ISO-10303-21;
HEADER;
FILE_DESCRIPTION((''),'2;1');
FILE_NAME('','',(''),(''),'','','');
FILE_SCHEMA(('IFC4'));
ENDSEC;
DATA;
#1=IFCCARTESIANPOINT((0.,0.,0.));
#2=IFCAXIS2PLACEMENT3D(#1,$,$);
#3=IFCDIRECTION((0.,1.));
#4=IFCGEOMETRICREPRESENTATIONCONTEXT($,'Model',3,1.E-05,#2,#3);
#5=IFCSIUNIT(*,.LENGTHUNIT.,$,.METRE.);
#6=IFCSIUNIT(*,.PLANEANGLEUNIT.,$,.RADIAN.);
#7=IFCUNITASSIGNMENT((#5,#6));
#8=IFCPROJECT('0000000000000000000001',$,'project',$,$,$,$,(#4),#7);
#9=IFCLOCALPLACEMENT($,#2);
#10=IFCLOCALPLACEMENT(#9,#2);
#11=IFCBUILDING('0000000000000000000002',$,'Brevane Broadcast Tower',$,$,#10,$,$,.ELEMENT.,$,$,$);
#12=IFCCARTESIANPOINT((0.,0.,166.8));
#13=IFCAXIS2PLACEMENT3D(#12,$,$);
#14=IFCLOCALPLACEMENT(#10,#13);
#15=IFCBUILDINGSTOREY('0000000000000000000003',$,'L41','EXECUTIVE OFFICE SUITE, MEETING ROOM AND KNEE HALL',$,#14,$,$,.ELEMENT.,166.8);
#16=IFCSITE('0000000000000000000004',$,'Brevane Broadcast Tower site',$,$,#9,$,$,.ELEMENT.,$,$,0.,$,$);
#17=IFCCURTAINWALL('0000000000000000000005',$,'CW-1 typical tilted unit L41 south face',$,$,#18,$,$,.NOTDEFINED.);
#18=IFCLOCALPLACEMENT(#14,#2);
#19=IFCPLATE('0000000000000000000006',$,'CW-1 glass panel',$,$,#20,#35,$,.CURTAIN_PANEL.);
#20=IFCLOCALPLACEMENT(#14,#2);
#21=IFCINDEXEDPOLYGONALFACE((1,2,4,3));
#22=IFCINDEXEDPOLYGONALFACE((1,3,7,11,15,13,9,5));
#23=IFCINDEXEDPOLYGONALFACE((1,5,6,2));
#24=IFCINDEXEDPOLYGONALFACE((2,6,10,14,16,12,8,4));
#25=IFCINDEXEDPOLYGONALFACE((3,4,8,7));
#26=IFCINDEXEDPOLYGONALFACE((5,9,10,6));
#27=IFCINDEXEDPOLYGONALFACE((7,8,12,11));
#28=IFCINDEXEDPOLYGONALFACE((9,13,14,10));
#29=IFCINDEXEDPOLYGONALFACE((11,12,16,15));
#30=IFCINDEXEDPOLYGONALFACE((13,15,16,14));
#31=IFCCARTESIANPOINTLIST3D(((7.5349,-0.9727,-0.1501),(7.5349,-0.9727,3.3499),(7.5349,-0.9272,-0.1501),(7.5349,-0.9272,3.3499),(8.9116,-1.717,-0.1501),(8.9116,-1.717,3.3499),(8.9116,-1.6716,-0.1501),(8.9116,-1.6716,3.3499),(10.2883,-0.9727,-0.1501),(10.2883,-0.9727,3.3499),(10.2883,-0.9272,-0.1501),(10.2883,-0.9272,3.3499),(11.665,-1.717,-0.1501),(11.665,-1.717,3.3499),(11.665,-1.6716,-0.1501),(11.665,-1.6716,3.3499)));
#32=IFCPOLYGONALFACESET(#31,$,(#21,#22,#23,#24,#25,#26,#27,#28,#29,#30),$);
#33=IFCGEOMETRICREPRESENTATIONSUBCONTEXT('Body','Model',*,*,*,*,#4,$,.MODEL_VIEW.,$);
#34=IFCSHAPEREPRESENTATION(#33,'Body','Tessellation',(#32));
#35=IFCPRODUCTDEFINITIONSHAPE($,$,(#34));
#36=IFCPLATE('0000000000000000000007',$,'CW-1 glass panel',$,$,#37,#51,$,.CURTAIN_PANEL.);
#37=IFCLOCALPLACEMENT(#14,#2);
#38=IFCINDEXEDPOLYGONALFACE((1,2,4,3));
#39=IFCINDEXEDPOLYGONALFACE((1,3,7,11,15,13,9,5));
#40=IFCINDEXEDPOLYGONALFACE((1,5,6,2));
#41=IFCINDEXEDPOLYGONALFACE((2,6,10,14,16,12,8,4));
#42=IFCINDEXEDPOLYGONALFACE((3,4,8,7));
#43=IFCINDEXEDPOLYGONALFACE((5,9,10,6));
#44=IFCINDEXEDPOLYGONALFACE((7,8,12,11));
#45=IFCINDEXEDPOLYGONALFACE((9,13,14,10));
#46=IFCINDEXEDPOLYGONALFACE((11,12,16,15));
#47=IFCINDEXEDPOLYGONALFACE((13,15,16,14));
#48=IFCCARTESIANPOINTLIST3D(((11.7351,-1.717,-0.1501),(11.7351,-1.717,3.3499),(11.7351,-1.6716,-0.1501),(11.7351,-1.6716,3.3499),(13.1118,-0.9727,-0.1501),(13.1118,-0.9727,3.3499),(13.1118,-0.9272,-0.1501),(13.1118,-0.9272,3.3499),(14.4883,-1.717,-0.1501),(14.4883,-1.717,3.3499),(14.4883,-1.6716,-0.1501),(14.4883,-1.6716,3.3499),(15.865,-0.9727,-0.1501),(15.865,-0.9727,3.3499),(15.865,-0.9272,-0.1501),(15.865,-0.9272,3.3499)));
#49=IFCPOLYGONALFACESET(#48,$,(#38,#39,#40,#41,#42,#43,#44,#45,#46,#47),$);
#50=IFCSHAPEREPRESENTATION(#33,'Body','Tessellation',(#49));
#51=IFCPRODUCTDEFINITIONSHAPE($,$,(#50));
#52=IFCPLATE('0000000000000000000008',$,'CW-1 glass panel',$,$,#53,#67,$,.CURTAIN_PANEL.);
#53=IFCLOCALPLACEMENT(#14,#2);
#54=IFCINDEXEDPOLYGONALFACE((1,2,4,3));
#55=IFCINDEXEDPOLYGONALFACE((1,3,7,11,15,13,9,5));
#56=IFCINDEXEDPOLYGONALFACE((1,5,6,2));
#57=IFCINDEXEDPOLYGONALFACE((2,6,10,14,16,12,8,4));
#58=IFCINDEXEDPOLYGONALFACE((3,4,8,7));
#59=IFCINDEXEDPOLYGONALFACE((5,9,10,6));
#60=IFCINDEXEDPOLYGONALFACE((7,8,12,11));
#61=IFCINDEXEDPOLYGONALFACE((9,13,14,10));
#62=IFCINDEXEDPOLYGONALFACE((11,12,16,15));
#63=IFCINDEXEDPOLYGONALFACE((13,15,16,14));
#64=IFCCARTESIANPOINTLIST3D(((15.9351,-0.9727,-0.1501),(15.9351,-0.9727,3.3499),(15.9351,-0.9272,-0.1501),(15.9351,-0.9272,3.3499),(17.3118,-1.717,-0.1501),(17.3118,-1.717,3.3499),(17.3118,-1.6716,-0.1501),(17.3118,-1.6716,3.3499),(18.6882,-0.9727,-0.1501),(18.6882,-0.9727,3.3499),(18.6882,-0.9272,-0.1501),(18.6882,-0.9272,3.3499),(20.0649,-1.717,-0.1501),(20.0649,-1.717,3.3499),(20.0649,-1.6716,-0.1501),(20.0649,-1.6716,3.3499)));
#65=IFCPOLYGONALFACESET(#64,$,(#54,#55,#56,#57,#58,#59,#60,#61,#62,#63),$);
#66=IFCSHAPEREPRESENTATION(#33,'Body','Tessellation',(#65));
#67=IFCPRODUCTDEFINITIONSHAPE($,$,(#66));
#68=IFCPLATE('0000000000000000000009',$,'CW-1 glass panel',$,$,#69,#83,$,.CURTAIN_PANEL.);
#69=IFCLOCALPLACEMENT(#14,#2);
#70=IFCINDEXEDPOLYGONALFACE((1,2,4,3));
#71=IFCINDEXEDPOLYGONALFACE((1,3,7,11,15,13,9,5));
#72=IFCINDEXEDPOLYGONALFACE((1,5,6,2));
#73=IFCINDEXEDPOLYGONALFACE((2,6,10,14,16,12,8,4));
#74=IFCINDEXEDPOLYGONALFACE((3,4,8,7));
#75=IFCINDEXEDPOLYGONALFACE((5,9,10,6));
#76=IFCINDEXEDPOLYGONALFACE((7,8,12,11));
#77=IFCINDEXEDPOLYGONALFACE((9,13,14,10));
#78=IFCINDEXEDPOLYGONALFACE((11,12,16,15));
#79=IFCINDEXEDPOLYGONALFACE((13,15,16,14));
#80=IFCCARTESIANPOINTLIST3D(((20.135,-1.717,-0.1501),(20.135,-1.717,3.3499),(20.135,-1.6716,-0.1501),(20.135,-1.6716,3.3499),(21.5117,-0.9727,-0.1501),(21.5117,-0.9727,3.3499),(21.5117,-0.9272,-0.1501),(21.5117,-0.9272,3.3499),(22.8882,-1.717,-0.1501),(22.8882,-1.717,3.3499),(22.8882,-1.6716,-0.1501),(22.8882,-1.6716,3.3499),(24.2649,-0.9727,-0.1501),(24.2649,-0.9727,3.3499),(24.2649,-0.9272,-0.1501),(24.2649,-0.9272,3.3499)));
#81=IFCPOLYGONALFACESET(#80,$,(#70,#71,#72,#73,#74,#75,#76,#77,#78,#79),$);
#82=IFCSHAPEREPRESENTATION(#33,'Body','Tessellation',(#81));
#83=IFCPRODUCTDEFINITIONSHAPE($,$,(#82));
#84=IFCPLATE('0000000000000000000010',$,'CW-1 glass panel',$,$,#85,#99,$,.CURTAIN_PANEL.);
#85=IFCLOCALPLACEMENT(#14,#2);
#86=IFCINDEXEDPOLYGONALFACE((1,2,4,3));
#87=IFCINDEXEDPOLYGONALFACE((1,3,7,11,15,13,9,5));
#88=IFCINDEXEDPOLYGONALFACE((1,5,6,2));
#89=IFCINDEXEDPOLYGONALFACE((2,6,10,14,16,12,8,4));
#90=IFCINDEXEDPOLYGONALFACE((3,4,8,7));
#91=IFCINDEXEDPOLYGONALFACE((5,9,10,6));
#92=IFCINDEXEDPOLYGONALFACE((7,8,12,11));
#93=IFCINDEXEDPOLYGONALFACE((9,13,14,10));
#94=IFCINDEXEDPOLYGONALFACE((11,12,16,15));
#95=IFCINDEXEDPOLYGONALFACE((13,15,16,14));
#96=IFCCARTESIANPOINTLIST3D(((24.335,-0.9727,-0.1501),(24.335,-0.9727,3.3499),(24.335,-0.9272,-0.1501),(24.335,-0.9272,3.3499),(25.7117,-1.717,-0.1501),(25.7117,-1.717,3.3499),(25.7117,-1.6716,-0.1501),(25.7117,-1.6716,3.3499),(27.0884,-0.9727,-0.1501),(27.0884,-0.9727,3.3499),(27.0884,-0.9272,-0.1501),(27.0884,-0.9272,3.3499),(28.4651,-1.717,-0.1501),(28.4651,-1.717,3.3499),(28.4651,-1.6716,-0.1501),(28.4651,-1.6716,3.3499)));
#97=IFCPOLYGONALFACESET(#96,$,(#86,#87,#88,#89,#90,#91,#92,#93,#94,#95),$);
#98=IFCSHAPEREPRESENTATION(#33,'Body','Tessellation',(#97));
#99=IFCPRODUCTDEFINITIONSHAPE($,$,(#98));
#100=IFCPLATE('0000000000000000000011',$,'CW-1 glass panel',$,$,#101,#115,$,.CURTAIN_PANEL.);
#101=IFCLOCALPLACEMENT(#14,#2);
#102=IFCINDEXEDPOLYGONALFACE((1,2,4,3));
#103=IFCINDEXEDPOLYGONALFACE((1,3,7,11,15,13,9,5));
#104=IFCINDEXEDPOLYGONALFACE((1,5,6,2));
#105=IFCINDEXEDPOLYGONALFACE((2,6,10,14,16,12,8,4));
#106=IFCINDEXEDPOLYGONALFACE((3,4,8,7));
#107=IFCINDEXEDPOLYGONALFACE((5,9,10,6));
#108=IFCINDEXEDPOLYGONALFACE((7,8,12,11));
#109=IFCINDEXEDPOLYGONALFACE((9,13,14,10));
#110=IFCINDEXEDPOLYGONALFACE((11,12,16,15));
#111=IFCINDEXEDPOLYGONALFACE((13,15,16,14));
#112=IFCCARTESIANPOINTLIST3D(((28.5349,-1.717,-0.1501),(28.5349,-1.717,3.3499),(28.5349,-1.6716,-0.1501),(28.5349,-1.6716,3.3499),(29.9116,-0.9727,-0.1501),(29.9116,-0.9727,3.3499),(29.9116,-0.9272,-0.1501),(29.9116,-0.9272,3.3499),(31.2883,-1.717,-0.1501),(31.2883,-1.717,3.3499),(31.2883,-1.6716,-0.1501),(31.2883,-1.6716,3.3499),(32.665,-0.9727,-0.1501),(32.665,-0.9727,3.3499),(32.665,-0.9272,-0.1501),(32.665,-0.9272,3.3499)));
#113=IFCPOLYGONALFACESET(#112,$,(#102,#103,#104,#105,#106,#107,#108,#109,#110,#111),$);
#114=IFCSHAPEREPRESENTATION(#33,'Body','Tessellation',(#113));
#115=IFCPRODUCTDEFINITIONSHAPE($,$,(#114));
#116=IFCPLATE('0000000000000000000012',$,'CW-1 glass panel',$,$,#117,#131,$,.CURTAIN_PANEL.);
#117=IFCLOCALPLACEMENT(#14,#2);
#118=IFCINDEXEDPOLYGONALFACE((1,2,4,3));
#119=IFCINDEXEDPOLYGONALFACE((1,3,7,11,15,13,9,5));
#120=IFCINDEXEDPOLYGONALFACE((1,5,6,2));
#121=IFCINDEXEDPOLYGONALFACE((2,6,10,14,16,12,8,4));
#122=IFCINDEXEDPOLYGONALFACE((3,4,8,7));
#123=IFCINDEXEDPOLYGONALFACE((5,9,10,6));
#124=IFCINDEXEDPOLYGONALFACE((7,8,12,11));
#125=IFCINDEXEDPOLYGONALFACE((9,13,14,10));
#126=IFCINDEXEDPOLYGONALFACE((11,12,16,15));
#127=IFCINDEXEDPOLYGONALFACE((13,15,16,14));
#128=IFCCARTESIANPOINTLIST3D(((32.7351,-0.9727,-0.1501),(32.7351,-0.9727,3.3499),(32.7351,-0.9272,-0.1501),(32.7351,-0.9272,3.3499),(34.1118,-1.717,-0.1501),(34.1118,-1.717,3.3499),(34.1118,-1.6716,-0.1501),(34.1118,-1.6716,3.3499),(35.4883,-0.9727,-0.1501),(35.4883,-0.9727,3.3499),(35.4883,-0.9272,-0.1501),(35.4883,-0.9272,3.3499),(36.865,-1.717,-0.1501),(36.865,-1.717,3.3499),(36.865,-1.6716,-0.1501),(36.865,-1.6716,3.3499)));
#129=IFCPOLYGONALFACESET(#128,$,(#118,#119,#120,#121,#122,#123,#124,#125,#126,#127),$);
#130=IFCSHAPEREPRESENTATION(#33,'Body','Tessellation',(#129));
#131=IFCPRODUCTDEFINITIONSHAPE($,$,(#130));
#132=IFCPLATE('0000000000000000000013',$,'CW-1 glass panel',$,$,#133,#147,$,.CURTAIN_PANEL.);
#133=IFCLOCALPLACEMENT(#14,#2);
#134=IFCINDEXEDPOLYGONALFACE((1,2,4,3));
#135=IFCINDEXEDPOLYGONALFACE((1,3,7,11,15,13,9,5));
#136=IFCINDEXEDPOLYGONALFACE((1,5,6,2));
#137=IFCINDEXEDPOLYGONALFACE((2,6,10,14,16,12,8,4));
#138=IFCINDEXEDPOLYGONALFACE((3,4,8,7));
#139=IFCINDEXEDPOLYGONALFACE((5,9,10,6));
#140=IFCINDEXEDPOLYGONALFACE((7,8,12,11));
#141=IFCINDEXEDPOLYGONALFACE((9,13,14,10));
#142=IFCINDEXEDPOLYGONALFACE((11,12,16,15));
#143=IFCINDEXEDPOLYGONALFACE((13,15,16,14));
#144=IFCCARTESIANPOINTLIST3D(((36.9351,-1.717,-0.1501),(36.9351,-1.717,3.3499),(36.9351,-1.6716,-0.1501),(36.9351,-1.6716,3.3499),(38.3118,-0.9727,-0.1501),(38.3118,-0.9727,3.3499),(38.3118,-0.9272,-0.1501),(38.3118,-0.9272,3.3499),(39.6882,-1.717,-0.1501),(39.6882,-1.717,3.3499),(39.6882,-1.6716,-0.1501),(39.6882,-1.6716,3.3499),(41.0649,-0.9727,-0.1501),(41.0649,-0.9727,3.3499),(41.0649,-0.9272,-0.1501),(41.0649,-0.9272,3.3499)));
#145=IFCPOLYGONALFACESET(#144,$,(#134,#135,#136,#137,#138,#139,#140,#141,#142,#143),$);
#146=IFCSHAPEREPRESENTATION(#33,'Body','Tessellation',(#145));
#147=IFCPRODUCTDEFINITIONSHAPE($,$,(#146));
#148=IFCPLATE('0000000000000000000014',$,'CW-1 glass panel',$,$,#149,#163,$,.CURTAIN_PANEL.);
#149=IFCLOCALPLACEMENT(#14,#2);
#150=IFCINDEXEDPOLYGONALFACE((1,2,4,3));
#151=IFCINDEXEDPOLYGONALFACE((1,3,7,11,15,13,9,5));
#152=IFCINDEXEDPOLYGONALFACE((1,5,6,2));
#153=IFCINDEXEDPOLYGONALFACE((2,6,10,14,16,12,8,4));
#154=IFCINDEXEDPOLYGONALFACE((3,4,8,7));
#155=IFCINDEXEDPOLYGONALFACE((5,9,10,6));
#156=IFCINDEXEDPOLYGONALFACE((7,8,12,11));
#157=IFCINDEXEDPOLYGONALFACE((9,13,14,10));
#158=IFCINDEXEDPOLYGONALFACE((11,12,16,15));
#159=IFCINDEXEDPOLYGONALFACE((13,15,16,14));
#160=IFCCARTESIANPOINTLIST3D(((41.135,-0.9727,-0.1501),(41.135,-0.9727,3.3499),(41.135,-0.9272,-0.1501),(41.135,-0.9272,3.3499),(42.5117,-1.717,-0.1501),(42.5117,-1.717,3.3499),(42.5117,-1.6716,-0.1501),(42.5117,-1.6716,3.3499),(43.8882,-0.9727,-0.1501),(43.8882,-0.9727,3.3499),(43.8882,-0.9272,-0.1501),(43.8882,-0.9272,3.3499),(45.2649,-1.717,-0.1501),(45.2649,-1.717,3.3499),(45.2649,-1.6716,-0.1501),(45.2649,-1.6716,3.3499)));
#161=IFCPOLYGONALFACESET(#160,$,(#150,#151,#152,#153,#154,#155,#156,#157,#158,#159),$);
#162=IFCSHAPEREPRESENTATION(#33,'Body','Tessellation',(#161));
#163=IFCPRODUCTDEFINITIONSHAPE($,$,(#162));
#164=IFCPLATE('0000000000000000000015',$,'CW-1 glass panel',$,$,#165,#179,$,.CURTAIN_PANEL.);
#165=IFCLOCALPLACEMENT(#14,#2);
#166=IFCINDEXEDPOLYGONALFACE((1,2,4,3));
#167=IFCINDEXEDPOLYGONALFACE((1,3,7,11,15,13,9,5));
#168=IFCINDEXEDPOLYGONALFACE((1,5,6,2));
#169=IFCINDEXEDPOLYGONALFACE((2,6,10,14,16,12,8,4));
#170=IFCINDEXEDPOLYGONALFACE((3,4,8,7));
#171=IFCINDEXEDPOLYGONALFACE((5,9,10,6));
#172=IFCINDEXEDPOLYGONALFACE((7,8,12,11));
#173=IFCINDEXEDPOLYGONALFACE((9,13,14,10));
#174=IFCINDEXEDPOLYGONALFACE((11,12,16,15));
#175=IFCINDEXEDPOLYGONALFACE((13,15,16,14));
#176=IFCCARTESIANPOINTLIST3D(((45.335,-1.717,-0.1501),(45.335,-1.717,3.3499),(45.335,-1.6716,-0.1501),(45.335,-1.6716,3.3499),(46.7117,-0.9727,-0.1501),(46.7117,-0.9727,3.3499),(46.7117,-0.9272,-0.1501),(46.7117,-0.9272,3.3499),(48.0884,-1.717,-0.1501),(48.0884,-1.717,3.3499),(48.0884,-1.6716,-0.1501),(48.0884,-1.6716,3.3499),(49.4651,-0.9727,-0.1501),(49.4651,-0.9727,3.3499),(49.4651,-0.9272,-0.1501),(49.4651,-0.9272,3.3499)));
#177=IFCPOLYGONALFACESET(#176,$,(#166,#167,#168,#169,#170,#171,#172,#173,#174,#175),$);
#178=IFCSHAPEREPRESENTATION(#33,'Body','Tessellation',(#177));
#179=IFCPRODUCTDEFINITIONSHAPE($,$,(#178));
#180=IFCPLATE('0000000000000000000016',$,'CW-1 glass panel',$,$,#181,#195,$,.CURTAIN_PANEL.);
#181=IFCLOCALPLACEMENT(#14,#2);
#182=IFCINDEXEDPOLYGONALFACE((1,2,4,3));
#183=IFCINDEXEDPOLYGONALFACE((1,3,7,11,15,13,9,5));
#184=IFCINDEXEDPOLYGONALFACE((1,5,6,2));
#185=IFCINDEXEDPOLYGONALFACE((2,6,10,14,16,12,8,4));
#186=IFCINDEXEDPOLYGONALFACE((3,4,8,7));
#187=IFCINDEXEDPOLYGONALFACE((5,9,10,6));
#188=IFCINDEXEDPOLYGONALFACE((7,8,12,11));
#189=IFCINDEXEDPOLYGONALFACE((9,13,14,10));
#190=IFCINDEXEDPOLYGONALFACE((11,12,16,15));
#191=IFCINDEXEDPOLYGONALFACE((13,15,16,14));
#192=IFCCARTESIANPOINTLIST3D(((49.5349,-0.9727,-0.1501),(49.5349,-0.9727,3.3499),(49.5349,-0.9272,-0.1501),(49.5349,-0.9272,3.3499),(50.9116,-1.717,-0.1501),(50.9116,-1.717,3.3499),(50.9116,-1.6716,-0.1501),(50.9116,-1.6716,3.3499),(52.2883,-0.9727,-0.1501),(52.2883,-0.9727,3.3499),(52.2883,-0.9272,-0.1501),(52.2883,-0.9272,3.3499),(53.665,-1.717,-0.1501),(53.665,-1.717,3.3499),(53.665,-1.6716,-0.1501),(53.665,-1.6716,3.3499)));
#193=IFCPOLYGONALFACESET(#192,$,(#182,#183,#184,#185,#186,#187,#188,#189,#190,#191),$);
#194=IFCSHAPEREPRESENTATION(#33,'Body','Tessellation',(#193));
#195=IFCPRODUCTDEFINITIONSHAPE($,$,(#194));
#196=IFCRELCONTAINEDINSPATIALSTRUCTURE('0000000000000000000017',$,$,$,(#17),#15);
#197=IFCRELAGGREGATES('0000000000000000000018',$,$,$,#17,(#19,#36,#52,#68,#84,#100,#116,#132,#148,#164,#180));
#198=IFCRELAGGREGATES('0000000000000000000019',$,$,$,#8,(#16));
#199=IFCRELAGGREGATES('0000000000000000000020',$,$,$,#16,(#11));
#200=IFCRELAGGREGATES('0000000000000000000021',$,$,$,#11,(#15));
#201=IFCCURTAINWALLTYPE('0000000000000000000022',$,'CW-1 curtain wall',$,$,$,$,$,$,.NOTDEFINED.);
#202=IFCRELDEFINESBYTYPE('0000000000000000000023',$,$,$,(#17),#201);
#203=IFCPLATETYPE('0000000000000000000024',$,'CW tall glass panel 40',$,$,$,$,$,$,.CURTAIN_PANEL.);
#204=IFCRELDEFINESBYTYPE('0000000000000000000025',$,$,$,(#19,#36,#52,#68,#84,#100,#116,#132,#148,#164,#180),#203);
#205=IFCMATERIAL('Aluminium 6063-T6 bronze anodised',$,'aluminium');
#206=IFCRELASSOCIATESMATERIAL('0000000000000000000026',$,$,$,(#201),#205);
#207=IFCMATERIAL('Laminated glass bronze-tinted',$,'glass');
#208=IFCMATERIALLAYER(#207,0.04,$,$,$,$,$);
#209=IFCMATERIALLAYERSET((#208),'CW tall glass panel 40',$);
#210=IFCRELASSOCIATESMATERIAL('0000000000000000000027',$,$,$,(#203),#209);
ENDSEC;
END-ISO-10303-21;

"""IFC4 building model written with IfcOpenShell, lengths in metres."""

from ifc_helpers import new_model, si_unit, direction, frame, origin, place, context, subcontext, project, spatial, polyline, outline, extrude, material, layer, layer_set, type_object, element, aggregate, save


model = new_model("IFC4")

# Units and contexts
model_context = context("Model", 3, precision=1e-05, world=origin(), true_north=direction((0.0, 1.0)))
body_context = subcontext(model_context, "Body", "Model", "MODEL_VIEW")
ifc_project = project(units=[si_unit("LENGTHUNIT", "METRE"), si_unit("PLANEANGLEUNIT", "RADIAN")], contexts=[model_context])

# Site, building, storey
site_placement = place(None, origin())
site = spatial("IfcSite", under=ifc_project, at=site_placement, Name="Brevane Broadcast Tower site", CompositionType="ELEMENT", RefElevation=0.0)
building_placement = place(site_placement, origin())
building = spatial("IfcBuilding", under=site, at=building_placement, Name="Brevane Broadcast Tower", CompositionType="ELEMENT")
storey_placement = place(building_placement, frame((0.0, 0.0, 166.8)))
storey = spatial("IfcBuildingStorey", under=building, at=storey_placement, Name="L41", Description="EXECUTIVE OFFICE SUITE, MEETING ROOM AND KNEE HALL", CompositionType="ELEMENT", Elevation=166.8)

# Curtain wall, plates
ifc_material_1 = material(Name="Aluminium 6063-T6 bronze anodised", Category="aluminium")
curtain_wall_type = type_object("IfcCurtainWallType", Name="CW-1 curtain wall", PredefinedType="NOTDEFINED", material=ifc_material_1)
curtain_wall_1_placement = place(storey_placement, origin())
curtain_wall_1 = element("IfcCurtainWall", 1, at=curtain_wall_1_placement, inside=storey, type_object=curtain_wall_type, Name="CW-1 typical tilted unit L41 south face", PredefinedType="NOTDEFINED")
ifc_material_2 = material(Name="Laminated glass bronze-tinted", Category="glass")
ifc_layer = layer(ifc_material_2, 0.04)
ifc_layer_set = layer_set([ifc_layer], Name="CW tall glass panel 40")
plate_type = type_object("IfcPlateType", Name="CW tall glass panel 40", PredefinedType="CURTAIN_PANEL", material=ifc_layer_set)
plate_1_placement = place(storey_placement, frame((0.0, 0.0, -0.1501)))
plate_1 = element("IfcPlate", 2, at=plate_1_placement, type_object=plate_type, Name="CW-1 glass panel", PredefinedType="CURTAIN_PANEL", context=body_context, shape_type="SweptSolid", body=[
    extrude(outline(polyline([(7.5349, -0.9272), (7.5349, -0.9727), (8.9116, -1.717), (10.2883, -0.9727), (11.665, -1.717), (11.665, -1.6716), (10.2883, -0.9272), (8.9116, -1.6716), (7.5349, -0.9272)])), origin(), (0.0, 0.0, 1.0), 3.5),
])
plate_2_placement = place(storey_placement, frame((0.0, 0.0, -0.1501)))
plate_2 = element("IfcPlate", 3, at=plate_2_placement, type_object=plate_type, Name="CW-1 glass panel", PredefinedType="CURTAIN_PANEL", context=body_context, shape_type="SweptSolid", body=[
    extrude(outline(polyline([(11.7351, -1.6716), (11.7351, -1.717), (13.1118, -0.9727), (14.4883, -1.717), (15.865, -0.9727), (15.865, -0.9272), (14.4883, -1.6716), (13.1118, -0.9272), (11.7351, -1.6716)])), origin(), (0.0, 0.0, 1.0), 3.5),
])
plate_3_placement = place(storey_placement, frame((0.0, 0.0, -0.1501)))
plate_3 = element("IfcPlate", 4, at=plate_3_placement, type_object=plate_type, Name="CW-1 glass panel", PredefinedType="CURTAIN_PANEL", context=body_context, shape_type="SweptSolid", body=[
    extrude(outline(polyline([(15.9351, -0.9272), (15.9351, -0.9727), (17.3118, -1.717), (18.6882, -0.9727), (20.0649, -1.717), (20.0649, -1.6716), (18.6882, -0.9272), (17.3118, -1.6716), (15.9351, -0.9272)])), origin(), (0.0, 0.0, 1.0), 3.5),
])
plate_4_placement = place(storey_placement, frame((0.0, 0.0, -0.1501)))
plate_4 = element("IfcPlate", 5, at=plate_4_placement, type_object=plate_type, Name="CW-1 glass panel", PredefinedType="CURTAIN_PANEL", context=body_context, shape_type="SweptSolid", body=[
    extrude(outline(polyline([(20.135, -1.6716), (20.135, -1.717), (21.5117, -0.9727), (22.8882, -1.717), (24.2649, -0.9727), (24.2649, -0.9272), (22.8882, -1.6716), (21.5117, -0.9272), (20.135, -1.6716)])), origin(), (0.0, 0.0, 1.0), 3.5),
])
plate_5_placement = place(storey_placement, frame((0.0, 0.0, -0.1501)))
plate_5 = element("IfcPlate", 6, at=plate_5_placement, type_object=plate_type, Name="CW-1 glass panel", PredefinedType="CURTAIN_PANEL", context=body_context, shape_type="SweptSolid", body=[
    extrude(outline(polyline([(24.335, -0.9272), (24.335, -0.9727), (25.7117, -1.717), (27.0884, -0.9727), (28.4651, -1.717), (28.4651, -1.6716), (27.0884, -0.9272), (25.7117, -1.6716), (24.335, -0.9272)])), origin(), (0.0, 0.0, 1.0), 3.5),
])
plate_6_placement = place(storey_placement, frame((0.0, 0.0, -0.1501)))
plate_6 = element("IfcPlate", 7, at=plate_6_placement, type_object=plate_type, Name="CW-1 glass panel", PredefinedType="CURTAIN_PANEL", context=body_context, shape_type="SweptSolid", body=[
    extrude(outline(polyline([(28.5349, -1.6716), (28.5349, -1.717), (29.9116, -0.9727), (31.2883, -1.717), (32.665, -0.9727), (32.665, -0.9272), (31.2883, -1.6716), (29.9116, -0.9272), (28.5349, -1.6716)])), origin(), (0.0, 0.0, 1.0), 3.5),
])
plate_7_placement = place(storey_placement, frame((0.0, 0.0, -0.1501)))
plate_7 = element("IfcPlate", 8, at=plate_7_placement, type_object=plate_type, Name="CW-1 glass panel", PredefinedType="CURTAIN_PANEL", context=body_context, shape_type="SweptSolid", body=[
    extrude(outline(polyline([(32.7351, -0.9272), (32.7351, -0.9727), (34.1118, -1.717), (35.4883, -0.9727), (36.865, -1.717), (36.865, -1.6716), (35.4883, -0.9272), (34.1118, -1.6716), (32.7351, -0.9272)])), origin(), (0.0, 0.0, 1.0), 3.5),
])
plate_8_placement = place(storey_placement, frame((0.0, 0.0, -0.1501)))
plate_8 = element("IfcPlate", 9, at=plate_8_placement, type_object=plate_type, Name="CW-1 glass panel", PredefinedType="CURTAIN_PANEL", context=body_context, shape_type="SweptSolid", body=[
    extrude(outline(polyline([(36.9351, -1.6716), (36.9351, -1.717), (38.3118, -0.9727), (39.6882, -1.717), (41.0649, -0.9727), (41.0649, -0.9272), (39.6882, -1.6716), (38.3118, -0.9272), (36.9351, -1.6716)])), origin(), (0.0, 0.0, 1.0), 3.5),
])
plate_9_placement = place(storey_placement, frame((0.0, 0.0, -0.1501)))
plate_9 = element("IfcPlate", 10, at=plate_9_placement, type_object=plate_type, Name="CW-1 glass panel", PredefinedType="CURTAIN_PANEL", context=body_context, shape_type="SweptSolid", body=[
    extrude(outline(polyline([(41.135, -0.9272), (41.135, -0.9727), (42.5117, -1.717), (43.8882, -0.9727), (45.2649, -1.717), (45.2649, -1.6716), (43.8882, -0.9272), (42.5117, -1.6716), (41.135, -0.9272)])), origin(), (0.0, 0.0, 1.0), 3.5),
])
plate_10_placement = place(storey_placement, frame((0.0, 0.0, -0.1501)))
plate_10 = element("IfcPlate", 11, at=plate_10_placement, type_object=plate_type, Name="CW-1 glass panel", PredefinedType="CURTAIN_PANEL", context=body_context, shape_type="SweptSolid", body=[
    extrude(outline(polyline([(45.335, -1.6716), (45.335, -1.717), (46.7117, -0.9727), (48.0884, -1.717), (49.4651, -0.9727), (49.4651, -0.9272), (48.0884, -1.6716), (46.7117, -0.9272), (45.335, -1.6716)])), origin(), (0.0, 0.0, 1.0), 3.5),
])
plate_11_placement = place(storey_placement, frame((0.0, 0.0, -0.1501)))
plate_11 = element("IfcPlate", 12, at=plate_11_placement, type_object=plate_type, Name="CW-1 glass panel", PredefinedType="CURTAIN_PANEL", context=body_context, shape_type="SweptSolid", body=[
    extrude(outline(polyline([(49.5349, -0.9272), (49.5349, -0.9727), (50.9116, -1.717), (52.2883, -0.9727), (53.665, -1.717), (53.665, -1.6716), (52.2883, -0.9272), (50.9116, -1.6716), (49.5349, -0.9272)])), origin(), (0.0, 0.0, 1.0), 3.5),
])
aggregate(curtain_wall_1, [plate_1, plate_2, plate_3, plate_4, plate_5, plate_6, plate_7, plate_8, plate_9, plate_10, plate_11])

save(model, "model.ifc")
